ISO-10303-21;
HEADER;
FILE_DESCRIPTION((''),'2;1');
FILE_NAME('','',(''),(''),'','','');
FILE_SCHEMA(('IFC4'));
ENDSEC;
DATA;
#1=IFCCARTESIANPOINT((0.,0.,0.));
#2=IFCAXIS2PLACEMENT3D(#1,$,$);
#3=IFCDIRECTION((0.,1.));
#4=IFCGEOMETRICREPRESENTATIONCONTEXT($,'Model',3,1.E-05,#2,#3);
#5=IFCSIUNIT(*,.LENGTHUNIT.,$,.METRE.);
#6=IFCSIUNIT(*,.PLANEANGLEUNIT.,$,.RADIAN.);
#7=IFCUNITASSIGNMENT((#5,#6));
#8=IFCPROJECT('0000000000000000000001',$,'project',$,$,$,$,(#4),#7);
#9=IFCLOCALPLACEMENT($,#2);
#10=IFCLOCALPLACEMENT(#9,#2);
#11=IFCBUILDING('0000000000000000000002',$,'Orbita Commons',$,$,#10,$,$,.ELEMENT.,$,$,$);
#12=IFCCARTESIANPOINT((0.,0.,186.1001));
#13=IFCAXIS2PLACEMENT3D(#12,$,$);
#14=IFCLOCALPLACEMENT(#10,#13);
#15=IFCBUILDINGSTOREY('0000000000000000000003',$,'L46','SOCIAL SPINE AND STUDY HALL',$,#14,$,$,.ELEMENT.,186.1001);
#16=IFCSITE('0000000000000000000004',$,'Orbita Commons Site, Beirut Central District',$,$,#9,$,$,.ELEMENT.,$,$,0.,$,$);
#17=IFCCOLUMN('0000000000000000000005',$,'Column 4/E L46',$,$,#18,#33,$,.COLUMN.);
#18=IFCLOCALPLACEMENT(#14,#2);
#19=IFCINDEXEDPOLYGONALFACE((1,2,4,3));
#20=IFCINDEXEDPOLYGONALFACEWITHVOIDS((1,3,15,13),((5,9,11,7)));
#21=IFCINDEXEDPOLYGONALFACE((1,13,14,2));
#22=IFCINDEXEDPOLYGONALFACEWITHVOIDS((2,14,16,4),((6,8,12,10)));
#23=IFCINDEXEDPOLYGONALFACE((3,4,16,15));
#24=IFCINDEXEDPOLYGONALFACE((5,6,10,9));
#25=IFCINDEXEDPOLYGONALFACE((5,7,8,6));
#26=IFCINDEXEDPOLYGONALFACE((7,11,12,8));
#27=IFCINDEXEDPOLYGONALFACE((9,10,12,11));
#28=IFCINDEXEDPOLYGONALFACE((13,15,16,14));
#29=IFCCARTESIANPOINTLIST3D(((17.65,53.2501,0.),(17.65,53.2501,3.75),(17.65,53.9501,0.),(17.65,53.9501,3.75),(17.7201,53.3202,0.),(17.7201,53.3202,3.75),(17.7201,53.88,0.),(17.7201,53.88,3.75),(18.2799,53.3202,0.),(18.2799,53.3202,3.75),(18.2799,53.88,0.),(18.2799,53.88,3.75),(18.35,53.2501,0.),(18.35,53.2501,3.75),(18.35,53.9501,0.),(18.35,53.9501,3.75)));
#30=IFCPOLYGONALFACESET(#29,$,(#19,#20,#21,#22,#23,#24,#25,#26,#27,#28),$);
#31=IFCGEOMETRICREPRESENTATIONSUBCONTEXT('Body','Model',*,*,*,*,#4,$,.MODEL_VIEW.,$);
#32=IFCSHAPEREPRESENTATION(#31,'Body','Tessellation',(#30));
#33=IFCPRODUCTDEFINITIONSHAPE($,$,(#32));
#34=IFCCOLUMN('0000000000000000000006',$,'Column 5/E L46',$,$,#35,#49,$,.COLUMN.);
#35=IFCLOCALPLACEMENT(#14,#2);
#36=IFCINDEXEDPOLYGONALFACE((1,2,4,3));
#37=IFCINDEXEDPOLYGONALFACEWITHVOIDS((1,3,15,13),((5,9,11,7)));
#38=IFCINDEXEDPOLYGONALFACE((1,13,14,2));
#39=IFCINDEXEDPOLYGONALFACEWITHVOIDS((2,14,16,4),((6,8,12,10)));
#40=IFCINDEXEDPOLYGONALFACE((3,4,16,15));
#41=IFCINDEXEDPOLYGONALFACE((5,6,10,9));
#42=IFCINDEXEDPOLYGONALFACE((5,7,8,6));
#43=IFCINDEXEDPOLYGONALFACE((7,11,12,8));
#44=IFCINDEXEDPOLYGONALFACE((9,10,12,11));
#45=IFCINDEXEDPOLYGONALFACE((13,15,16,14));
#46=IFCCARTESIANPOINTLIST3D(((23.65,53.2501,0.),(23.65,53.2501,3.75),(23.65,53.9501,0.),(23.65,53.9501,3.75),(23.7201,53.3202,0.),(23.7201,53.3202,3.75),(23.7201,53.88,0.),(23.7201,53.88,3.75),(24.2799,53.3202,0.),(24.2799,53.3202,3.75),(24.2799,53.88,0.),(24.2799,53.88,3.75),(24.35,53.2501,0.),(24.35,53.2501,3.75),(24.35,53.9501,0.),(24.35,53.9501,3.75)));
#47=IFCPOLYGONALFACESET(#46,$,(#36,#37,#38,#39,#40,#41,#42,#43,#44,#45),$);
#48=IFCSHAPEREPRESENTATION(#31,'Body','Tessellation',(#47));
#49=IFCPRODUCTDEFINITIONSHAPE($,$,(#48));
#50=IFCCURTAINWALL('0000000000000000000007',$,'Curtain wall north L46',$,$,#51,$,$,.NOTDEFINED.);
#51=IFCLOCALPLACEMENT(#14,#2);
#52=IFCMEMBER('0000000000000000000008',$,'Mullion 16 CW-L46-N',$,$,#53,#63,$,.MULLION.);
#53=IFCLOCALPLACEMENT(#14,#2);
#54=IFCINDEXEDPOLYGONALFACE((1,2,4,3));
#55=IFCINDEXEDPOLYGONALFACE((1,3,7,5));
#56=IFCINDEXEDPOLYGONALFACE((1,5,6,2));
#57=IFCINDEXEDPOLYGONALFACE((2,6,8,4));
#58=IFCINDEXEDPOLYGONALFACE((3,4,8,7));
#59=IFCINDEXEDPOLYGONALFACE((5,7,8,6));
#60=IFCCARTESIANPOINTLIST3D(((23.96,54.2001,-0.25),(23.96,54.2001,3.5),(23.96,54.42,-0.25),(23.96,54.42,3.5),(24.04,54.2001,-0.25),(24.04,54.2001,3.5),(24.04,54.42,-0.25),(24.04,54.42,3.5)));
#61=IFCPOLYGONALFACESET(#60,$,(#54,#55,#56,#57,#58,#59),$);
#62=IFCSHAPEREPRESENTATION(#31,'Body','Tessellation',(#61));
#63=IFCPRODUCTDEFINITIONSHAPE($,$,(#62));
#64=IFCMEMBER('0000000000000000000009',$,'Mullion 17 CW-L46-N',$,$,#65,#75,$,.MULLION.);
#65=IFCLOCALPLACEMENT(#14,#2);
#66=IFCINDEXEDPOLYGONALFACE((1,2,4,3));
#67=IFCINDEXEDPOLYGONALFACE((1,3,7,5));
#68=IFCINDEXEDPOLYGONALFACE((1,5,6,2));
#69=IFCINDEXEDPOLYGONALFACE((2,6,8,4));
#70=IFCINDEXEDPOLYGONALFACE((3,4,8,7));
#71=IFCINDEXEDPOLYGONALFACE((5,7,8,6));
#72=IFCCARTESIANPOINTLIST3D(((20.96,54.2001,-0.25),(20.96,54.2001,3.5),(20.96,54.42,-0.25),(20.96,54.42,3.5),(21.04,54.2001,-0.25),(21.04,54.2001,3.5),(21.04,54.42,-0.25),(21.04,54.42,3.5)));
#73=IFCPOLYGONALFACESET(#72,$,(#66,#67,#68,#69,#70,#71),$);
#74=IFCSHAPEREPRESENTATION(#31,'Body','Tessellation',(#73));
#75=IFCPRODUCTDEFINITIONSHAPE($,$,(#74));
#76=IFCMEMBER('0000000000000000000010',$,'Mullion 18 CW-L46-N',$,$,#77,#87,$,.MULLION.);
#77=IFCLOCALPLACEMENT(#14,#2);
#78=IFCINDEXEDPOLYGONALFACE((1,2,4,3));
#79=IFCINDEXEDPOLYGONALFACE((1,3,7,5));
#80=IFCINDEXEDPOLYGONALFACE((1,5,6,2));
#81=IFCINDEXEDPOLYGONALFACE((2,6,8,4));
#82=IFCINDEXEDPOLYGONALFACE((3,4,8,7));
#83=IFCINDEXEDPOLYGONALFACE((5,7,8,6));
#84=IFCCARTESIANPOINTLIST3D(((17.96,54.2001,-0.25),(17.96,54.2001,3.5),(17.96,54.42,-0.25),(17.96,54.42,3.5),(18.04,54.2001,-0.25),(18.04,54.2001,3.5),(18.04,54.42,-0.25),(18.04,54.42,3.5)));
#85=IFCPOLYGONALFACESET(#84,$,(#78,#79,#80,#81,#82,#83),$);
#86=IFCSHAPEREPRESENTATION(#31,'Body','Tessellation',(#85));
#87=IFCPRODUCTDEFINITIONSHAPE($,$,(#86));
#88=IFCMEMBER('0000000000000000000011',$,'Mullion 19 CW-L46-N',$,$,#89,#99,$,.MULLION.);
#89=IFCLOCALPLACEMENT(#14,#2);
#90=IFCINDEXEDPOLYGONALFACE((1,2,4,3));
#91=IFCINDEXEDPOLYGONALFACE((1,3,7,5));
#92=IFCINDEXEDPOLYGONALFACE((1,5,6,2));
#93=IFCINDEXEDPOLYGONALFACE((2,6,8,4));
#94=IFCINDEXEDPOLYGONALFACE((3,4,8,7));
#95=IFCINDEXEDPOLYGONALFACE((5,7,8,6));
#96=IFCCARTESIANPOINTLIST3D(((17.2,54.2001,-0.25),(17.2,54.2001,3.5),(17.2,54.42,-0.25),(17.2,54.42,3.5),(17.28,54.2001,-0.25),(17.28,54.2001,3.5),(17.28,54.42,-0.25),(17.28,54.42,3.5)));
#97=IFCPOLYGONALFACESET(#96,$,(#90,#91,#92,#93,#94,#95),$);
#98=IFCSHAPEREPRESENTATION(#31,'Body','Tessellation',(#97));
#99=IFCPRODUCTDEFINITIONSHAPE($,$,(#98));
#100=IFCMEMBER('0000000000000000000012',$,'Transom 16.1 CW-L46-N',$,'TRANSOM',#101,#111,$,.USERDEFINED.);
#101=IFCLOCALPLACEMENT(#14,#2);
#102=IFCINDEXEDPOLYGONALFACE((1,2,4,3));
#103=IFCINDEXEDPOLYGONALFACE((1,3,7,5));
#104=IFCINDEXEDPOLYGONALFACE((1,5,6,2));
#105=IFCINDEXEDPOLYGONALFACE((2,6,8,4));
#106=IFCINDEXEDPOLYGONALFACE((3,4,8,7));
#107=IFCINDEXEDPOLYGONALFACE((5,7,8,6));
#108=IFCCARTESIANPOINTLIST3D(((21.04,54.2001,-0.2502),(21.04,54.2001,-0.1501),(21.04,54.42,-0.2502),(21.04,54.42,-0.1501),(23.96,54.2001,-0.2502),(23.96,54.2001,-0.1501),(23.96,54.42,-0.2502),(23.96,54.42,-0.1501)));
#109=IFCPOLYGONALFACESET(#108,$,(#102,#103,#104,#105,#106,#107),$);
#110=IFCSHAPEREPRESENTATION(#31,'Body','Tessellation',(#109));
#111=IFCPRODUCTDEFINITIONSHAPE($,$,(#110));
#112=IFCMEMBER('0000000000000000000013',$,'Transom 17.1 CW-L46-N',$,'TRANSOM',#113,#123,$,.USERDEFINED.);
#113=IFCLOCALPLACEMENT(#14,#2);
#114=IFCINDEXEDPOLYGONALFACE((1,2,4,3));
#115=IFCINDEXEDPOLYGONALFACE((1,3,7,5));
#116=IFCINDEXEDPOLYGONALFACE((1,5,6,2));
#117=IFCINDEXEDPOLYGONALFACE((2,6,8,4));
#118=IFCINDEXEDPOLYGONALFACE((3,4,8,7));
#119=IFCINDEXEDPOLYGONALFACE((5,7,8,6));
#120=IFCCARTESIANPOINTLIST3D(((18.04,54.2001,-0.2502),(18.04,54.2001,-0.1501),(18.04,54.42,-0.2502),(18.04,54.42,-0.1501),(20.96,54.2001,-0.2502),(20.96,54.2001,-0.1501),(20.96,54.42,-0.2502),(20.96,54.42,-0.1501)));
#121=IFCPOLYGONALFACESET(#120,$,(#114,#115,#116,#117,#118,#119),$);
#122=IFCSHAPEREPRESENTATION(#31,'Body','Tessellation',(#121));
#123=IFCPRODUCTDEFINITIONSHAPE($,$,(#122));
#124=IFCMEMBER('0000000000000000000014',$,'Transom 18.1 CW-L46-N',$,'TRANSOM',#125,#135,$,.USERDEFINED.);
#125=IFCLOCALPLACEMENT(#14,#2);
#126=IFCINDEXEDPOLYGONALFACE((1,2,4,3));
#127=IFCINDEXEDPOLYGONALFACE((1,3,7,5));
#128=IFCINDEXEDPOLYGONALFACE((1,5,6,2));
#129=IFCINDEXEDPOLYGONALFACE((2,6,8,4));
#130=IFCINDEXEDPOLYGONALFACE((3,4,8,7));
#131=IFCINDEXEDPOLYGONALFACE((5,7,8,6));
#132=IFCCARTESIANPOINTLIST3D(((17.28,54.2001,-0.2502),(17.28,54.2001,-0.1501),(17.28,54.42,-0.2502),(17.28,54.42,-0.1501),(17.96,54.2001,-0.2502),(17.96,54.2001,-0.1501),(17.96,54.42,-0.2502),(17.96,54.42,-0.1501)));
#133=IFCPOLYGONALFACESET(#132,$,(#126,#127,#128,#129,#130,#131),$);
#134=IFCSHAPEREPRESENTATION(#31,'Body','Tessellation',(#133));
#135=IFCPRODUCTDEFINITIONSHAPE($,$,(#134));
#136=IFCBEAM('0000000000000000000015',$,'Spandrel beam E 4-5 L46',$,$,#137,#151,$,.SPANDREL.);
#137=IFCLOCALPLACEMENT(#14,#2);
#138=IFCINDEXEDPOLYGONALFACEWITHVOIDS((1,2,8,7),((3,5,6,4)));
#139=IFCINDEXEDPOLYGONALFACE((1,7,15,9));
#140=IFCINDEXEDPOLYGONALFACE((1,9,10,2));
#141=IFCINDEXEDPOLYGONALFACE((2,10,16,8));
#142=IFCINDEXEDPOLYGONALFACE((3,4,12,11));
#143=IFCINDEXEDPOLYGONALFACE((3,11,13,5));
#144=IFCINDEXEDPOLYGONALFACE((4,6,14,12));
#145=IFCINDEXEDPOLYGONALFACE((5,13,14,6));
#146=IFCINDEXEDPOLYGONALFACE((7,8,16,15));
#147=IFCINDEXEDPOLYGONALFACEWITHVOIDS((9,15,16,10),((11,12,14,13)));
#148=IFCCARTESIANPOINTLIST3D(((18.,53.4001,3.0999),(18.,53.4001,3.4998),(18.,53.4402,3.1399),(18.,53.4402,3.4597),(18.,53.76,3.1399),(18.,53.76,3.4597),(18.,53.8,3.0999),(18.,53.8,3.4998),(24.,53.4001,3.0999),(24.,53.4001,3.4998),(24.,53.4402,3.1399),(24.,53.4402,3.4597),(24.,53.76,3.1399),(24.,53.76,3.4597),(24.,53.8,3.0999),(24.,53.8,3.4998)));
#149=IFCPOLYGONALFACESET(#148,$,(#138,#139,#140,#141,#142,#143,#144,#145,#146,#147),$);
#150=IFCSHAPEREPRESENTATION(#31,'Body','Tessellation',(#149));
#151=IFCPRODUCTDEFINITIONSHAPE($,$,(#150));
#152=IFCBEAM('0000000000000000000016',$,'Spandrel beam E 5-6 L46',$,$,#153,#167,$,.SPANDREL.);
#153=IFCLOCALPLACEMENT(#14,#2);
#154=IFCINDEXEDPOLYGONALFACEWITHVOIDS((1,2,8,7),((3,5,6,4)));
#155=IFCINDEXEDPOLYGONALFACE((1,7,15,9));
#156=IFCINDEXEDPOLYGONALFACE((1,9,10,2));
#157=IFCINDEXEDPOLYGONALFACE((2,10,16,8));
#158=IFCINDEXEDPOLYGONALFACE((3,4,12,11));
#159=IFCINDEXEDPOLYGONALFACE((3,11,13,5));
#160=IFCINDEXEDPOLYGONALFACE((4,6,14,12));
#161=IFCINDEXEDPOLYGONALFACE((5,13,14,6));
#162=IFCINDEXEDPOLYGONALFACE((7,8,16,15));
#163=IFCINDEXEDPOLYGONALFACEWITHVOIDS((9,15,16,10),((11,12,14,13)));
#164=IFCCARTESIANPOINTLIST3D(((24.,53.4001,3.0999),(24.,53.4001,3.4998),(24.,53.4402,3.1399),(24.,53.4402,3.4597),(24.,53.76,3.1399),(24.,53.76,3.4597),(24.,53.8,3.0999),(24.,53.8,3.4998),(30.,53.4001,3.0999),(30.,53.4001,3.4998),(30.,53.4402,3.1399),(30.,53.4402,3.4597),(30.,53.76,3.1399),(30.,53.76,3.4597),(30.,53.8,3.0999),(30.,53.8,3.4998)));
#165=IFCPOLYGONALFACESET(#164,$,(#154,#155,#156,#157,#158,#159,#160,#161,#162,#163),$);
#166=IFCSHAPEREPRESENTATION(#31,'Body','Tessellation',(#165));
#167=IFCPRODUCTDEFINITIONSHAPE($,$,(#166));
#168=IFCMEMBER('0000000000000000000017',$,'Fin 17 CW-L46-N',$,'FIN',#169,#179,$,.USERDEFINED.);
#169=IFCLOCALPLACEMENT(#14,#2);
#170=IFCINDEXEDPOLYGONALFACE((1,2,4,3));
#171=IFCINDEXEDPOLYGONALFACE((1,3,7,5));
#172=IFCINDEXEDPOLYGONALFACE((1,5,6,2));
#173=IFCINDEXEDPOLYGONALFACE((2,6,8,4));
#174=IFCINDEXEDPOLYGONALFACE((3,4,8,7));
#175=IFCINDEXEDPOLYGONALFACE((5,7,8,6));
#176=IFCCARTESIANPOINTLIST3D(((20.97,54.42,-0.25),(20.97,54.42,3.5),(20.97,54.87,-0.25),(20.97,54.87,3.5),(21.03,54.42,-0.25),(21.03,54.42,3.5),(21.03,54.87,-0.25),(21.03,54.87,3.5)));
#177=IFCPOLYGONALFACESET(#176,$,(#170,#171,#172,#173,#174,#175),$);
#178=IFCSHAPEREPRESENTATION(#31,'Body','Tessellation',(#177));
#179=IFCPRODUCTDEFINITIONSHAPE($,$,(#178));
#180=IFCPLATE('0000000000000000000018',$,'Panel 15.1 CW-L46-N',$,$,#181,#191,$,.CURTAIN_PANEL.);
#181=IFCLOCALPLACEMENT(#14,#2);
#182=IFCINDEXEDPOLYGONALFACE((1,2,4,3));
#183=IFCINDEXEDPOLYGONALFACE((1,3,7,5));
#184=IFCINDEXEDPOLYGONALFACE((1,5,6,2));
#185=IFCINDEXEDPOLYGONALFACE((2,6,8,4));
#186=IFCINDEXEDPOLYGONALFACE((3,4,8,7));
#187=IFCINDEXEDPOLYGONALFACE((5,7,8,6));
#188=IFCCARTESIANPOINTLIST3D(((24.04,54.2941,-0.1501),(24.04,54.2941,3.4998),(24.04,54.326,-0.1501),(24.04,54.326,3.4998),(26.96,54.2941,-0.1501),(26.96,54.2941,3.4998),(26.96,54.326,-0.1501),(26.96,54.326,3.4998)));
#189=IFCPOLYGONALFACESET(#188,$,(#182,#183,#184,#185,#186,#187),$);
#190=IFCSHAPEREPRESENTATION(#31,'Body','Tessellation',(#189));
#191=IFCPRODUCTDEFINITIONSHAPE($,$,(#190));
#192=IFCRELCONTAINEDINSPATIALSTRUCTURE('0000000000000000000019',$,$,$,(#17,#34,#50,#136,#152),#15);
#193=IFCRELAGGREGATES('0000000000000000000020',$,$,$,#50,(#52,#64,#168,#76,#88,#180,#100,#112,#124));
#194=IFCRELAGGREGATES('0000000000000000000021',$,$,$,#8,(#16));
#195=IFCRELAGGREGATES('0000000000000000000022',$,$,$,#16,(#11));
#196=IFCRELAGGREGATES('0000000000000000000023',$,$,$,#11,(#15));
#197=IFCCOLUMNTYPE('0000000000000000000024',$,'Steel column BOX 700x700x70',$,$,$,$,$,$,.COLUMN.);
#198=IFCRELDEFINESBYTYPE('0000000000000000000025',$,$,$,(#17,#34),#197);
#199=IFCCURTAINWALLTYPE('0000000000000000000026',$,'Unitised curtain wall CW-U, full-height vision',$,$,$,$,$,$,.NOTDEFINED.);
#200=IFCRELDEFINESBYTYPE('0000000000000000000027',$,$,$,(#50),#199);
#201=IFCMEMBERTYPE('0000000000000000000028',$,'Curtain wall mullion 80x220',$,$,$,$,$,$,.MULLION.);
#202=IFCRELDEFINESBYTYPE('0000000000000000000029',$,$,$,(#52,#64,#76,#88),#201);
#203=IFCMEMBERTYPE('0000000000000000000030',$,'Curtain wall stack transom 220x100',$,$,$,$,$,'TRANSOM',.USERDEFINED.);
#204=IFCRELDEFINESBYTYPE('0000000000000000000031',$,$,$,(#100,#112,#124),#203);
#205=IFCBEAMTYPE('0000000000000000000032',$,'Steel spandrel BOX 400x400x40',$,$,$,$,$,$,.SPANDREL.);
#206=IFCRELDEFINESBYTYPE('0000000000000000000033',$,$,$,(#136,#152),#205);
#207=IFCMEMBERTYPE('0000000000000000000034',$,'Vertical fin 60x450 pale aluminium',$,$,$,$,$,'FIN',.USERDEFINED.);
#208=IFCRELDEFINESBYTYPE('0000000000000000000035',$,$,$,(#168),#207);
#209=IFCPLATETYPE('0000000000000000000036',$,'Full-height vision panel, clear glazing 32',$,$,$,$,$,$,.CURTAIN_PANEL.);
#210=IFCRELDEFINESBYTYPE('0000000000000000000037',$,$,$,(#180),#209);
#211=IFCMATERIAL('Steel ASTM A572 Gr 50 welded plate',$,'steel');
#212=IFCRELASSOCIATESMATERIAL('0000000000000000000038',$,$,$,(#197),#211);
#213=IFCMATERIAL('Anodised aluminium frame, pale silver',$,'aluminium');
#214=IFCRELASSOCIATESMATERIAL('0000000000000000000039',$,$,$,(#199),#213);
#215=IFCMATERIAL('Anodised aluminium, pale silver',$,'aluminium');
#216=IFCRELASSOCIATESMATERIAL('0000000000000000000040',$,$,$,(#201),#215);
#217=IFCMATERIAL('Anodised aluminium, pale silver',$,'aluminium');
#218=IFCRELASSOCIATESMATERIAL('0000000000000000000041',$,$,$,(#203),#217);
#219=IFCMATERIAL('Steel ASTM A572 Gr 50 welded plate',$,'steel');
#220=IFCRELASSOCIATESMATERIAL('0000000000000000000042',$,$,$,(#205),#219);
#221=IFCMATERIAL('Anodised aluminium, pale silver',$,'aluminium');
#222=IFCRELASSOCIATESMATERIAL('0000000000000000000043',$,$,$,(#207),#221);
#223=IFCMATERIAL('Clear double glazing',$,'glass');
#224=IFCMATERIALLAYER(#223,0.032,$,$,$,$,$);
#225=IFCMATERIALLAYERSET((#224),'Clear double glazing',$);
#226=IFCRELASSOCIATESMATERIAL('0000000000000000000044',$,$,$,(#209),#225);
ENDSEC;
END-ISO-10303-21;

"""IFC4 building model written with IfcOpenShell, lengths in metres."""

from ifc_helpers import new_model, si_unit, direction, frame, origin, origin_2d, place, context, subcontext, project, spatial, rectangle, hollow_rectangle, extrude, material, layer, layer_set, material_profile, profile_set, type_object, element, aggregate, save


model = new_model("IFC4")

# Units and contexts
model_context = context("Model", 3, precision=1e-05, world=origin(), true_north=direction((0.0, 1.0)))
body_context = subcontext(model_context, "Body", "Model", "MODEL_VIEW")
ifc_project = project(units=[si_unit("LENGTHUNIT", "METRE"), si_unit("PLANEANGLEUNIT", "RADIAN")], contexts=[model_context])

# Site, building, storey
site_placement = place(None, origin())
site = spatial("IfcSite", under=ifc_project, at=site_placement, Name="Orbita Commons Site, Beirut Central District", CompositionType="ELEMENT", RefElevation=0.0)
building_placement = place(site_placement, origin())
building = spatial("IfcBuilding", under=site, at=building_placement, Name="Orbita Commons", CompositionType="ELEMENT")
storey_placement = place(building_placement, frame((0.0, 0.0, 186.1001)))
storey = spatial("IfcBuildingStorey", under=building, at=storey_placement, Name="L46", Description="SOCIAL SPINE AND STUDY HALL", CompositionType="ELEMENT", Elevation=186.1001)

# Columns
ifc_material_1 = material(Name="Steel ASTM A572 Gr 50 welded plate", Category="steel")
ifc_material_profile_1 = material_profile(ifc_material_1, hollow_rectangle(XDim=0.7, YDim=0.7, WallThickness=0.0701, at=origin_2d()), Name="BOX 700x700x70")
ifc_profile_set_1 = profile_set([ifc_material_profile_1], Name="Steel ASTM A572 Gr 50 welded plate")
column_type = type_object("IfcColumnType", Name="Steel column BOX 700x700x70", PredefinedType="COLUMN", material=ifc_profile_set_1)
for number, where, z_axis, x_axis, name in (
    (1, (18.0, 53.6001, 0.0), (0.0, 0.0, 1.0), (1.0, 0.0, 0.0), "Column 4/E L46"),
    (2, (24.0, 53.6001, 0.0), (0.0, 0.0, 1.0), (1.0, 0.0, 0.0), "Column 5/E L46"),
):
    element("IfcColumn", number, at=place(storey_placement, frame(where, z_axis=z_axis, x_axis=x_axis)), inside=storey, type_object=column_type, Name=name, PredefinedType="COLUMN", context=body_context, shape_type="SweptSolid", body=[
        extrude(hollow_rectangle(XDim=0.7, YDim=0.7, WallThickness=0.0701, at=origin_2d()), origin(), (0.0, 0.0, 1.0), 3.75),
    ])

# Curtain wall, members
ifc_material_2 = material(Name="Anodised aluminium frame, pale silver", Category="aluminium")
curtain_wall_type = type_object("IfcCurtainWallType", Name="Unitised curtain wall CW-U, full-height vision", PredefinedType="NOTDEFINED", material=ifc_material_2)
curtain_wall_placement = place(storey_placement, origin())
curtain_wall = element("IfcCurtainWall", 3, at=curtain_wall_placement, inside=storey, type_object=curtain_wall_type, Name="Curtain wall north L46", PredefinedType="NOTDEFINED")
ifc_material_3 = material(Name="Anodised aluminium, pale silver", Category="aluminium")
ifc_material_profile_2 = material_profile(ifc_material_3, rectangle(XDim=0.0801, YDim=0.22, at=origin_2d()), Name="AL 80x220")
ifc_profile_set_2 = profile_set([ifc_material_profile_2], Name="Anodised aluminium, pale silver")
member_type_1 = type_object("IfcMemberType", Name="Curtain wall mullion 80x220", PredefinedType="MULLION", material=ifc_profile_set_2)
member_1_placement = place(storey_placement, frame((24.0, 54.3101, -0.25), z_axis=(0.0, 0.0, 1.0), x_axis=(-1.0, 0.0, 0.0)))
member_1 = element("IfcMember", 4, at=member_1_placement, type_object=member_type_1, Name="Mullion 16 CW-L46-N", PredefinedType="MULLION", context=body_context, shape_type="SweptSolid", body=[
    extrude(rectangle(XDim=0.0801, YDim=0.22, at=origin_2d()), origin(), (0.0, 0.0, 1.0), 3.75),
])
member_2_placement = place(storey_placement, frame((21.0, 54.3101, -0.25), z_axis=(0.0, 0.0, 1.0), x_axis=(-1.0, 0.0, 0.0)))
member_2 = element("IfcMember", 5, at=member_2_placement, type_object=member_type_1, Name="Mullion 17 CW-L46-N", PredefinedType="MULLION", context=body_context, shape_type="SweptSolid", body=[
    extrude(rectangle(XDim=0.0801, YDim=0.22, at=origin_2d()), origin(), (0.0, 0.0, 1.0), 3.75),
])
member_3_placement = place(storey_placement, frame((18.0, 54.3101, -0.25), z_axis=(0.0, 0.0, 1.0), x_axis=(-1.0, 0.0, 0.0)))
member_3 = element("IfcMember", 6, at=member_3_placement, type_object=member_type_1, Name="Mullion 18 CW-L46-N", PredefinedType="MULLION", context=body_context, shape_type="SweptSolid", body=[
    extrude(rectangle(XDim=0.0801, YDim=0.22, at=origin_2d()), origin(), (0.0, 0.0, 1.0), 3.75),
])
member_4_placement = place(storey_placement, frame((17.24, 54.3101, -0.25), z_axis=(0.0, 0.0, 1.0), x_axis=(-1.0, 0.0, 0.0)))
member_4 = element("IfcMember", 7, at=member_4_placement, type_object=member_type_1, Name="Mullion 19 CW-L46-N", PredefinedType="MULLION", context=body_context, shape_type="SweptSolid", body=[
    extrude(rectangle(XDim=0.0801, YDim=0.22, at=origin_2d()), origin(), (0.0, 0.0, 1.0), 3.75),
])
ifc_material_4 = material(Name="Anodised aluminium, pale silver", Category="aluminium")
ifc_material_profile_3 = material_profile(ifc_material_4, rectangle(XDim=0.22, YDim=0.1001, at=origin_2d()), Name="AL 220x100")
ifc_profile_set_3 = profile_set([ifc_material_profile_3], Name="Anodised aluminium, pale silver")
member_type_2 = type_object("IfcMemberType", Name="Curtain wall stack transom 220x100", ElementType="TRANSOM", PredefinedType="USERDEFINED", material=ifc_profile_set_3)
member_5_placement = place(storey_placement, frame((23.96, 54.3101, -0.2002), z_axis=(-1.0, 0.0, 0.0), x_axis=(0.0, -1.0, 0.0)))
member_5 = element("IfcMember", 8, at=member_5_placement, type_object=member_type_2, Name="Transom 16.1 CW-L46-N", ObjectType="TRANSOM", PredefinedType="USERDEFINED", context=body_context, shape_type="SweptSolid", body=[
    extrude(rectangle(XDim=0.22, YDim=0.1001, at=origin_2d()), origin(), (0.0, 0.0, 1.0), 2.9199),
])
member_6_placement = place(storey_placement, frame((20.96, 54.3101, -0.2002), z_axis=(-1.0, 0.0, 0.0), x_axis=(0.0, -1.0, 0.0)))
member_6 = element("IfcMember", 9, at=member_6_placement, type_object=member_type_2, Name="Transom 17.1 CW-L46-N", ObjectType="TRANSOM", PredefinedType="USERDEFINED", context=body_context, shape_type="SweptSolid", body=[
    extrude(rectangle(XDim=0.22, YDim=0.1001, at=origin_2d()), origin(), (0.0, 0.0, 1.0), 2.9199),
])
member_7_placement = place(storey_placement, frame((17.96, 54.3101, -0.2002), z_axis=(-1.0, 0.0, 0.0), x_axis=(0.0, -1.0, 0.0)))
member_7 = element("IfcMember", 10, at=member_7_placement, type_object=member_type_2, Name="Transom 18.1 CW-L46-N", ObjectType="TRANSOM", PredefinedType="USERDEFINED", context=body_context, shape_type="SweptSolid", body=[
    extrude(rectangle(XDim=0.22, YDim=0.1001, at=origin_2d()), origin(), (0.0, 0.0, 1.0), 0.6799),
])

# Beams
ifc_material_5 = material(Name="Steel ASTM A572 Gr 50 welded plate", Category="steel")
ifc_material_profile_4 = material_profile(ifc_material_5, hollow_rectangle(XDim=0.3999, YDim=0.3999, WallThickness=0.04, at=origin_2d()), Name="BOX 400x400x40")
ifc_profile_set_4 = profile_set([ifc_material_profile_4], Name="Steel ASTM A572 Gr 50 welded plate")
beam_type = type_object("IfcBeamType", Name="Steel spandrel BOX 400x400x40", PredefinedType="SPANDREL", material=ifc_profile_set_4)
for number, where, z_axis, x_axis, name in (
    (11, (18.0, 53.6001, 3.2998), (1.0, 0.0, 0.0), (0.0, 1.0, 0.0), "Spandrel beam E 4-5 L46"),
    (12, (24.0, 53.6001, 3.2998), (1.0, 0.0, 0.0), (0.0, 1.0, 0.0), "Spandrel beam E 5-6 L46"),
):
    element("IfcBeam", number, at=place(storey_placement, frame(where, z_axis=z_axis, x_axis=x_axis)), inside=storey, type_object=beam_type, Name=name, PredefinedType="SPANDREL", context=body_context, shape_type="SweptSolid", body=[
        extrude(hollow_rectangle(XDim=0.3999, YDim=0.3999, WallThickness=0.04, at=origin_2d()), origin(), (0.0, 0.0, 1.0), 6.0),
    ])

# Member
ifc_material_6 = material(Name="Anodised aluminium, pale silver", Category="aluminium")
ifc_material_profile_5 = material_profile(ifc_material_6, rectangle(XDim=0.0601, YDim=0.45, at=origin_2d()), Name="FIN 60x450")
ifc_profile_set_5 = profile_set([ifc_material_profile_5], Name="Anodised aluminium, pale silver")
member_type_3 = type_object("IfcMemberType", Name="Vertical fin 60x450 pale aluminium", ElementType="FIN", PredefinedType="USERDEFINED", material=ifc_profile_set_5)
member_8_placement = place(storey_placement, frame((21.0, 54.645, -0.25), z_axis=(0.0, 0.0, 1.0), x_axis=(-1.0, 0.0, 0.0)))
member_8 = element("IfcMember", 13, at=member_8_placement, type_object=member_type_3, Name="Fin 17 CW-L46-N", ObjectType="FIN", PredefinedType="USERDEFINED", context=body_context, shape_type="SweptSolid", body=[
    extrude(rectangle(XDim=0.0601, YDim=0.45, at=origin_2d()), origin(), (0.0, 0.0, 1.0), 3.75),
])

# Plate
ifc_material_7 = material(Name="Clear double glazing", Category="glass")
ifc_layer_1 = layer(ifc_material_7, 0.032)
ifc_layer_set_1 = layer_set([ifc_layer_1], Name="Clear double glazing")
plate_type = type_object("IfcPlateType", Name="Full-height vision panel, clear glazing 32", PredefinedType="CURTAIN_PANEL", material=ifc_layer_set_1)
plate_1_placement = place(storey_placement, frame((25.5, 54.3101, -0.1501), z_axis=(0.0, 0.0, 1.0), x_axis=(-1.0, 0.0, 0.0)))
plate_1 = element("IfcPlate", 14, at=plate_1_placement, type_object=plate_type, Name="Panel 15.1 CW-L46-N", PredefinedType="CURTAIN_PANEL", context=body_context, shape_type="SweptSolid", body=[
    extrude(rectangle(XDim=2.9199, YDim=0.032, at=origin_2d()), origin(), (0.0, 0.0, 1.0), 3.6499),
])
aggregate(curtain_wall, [member_1, member_2, member_8, member_3, member_4, plate_1, member_5, member_6, member_7])

save(model, "model.ifc")
